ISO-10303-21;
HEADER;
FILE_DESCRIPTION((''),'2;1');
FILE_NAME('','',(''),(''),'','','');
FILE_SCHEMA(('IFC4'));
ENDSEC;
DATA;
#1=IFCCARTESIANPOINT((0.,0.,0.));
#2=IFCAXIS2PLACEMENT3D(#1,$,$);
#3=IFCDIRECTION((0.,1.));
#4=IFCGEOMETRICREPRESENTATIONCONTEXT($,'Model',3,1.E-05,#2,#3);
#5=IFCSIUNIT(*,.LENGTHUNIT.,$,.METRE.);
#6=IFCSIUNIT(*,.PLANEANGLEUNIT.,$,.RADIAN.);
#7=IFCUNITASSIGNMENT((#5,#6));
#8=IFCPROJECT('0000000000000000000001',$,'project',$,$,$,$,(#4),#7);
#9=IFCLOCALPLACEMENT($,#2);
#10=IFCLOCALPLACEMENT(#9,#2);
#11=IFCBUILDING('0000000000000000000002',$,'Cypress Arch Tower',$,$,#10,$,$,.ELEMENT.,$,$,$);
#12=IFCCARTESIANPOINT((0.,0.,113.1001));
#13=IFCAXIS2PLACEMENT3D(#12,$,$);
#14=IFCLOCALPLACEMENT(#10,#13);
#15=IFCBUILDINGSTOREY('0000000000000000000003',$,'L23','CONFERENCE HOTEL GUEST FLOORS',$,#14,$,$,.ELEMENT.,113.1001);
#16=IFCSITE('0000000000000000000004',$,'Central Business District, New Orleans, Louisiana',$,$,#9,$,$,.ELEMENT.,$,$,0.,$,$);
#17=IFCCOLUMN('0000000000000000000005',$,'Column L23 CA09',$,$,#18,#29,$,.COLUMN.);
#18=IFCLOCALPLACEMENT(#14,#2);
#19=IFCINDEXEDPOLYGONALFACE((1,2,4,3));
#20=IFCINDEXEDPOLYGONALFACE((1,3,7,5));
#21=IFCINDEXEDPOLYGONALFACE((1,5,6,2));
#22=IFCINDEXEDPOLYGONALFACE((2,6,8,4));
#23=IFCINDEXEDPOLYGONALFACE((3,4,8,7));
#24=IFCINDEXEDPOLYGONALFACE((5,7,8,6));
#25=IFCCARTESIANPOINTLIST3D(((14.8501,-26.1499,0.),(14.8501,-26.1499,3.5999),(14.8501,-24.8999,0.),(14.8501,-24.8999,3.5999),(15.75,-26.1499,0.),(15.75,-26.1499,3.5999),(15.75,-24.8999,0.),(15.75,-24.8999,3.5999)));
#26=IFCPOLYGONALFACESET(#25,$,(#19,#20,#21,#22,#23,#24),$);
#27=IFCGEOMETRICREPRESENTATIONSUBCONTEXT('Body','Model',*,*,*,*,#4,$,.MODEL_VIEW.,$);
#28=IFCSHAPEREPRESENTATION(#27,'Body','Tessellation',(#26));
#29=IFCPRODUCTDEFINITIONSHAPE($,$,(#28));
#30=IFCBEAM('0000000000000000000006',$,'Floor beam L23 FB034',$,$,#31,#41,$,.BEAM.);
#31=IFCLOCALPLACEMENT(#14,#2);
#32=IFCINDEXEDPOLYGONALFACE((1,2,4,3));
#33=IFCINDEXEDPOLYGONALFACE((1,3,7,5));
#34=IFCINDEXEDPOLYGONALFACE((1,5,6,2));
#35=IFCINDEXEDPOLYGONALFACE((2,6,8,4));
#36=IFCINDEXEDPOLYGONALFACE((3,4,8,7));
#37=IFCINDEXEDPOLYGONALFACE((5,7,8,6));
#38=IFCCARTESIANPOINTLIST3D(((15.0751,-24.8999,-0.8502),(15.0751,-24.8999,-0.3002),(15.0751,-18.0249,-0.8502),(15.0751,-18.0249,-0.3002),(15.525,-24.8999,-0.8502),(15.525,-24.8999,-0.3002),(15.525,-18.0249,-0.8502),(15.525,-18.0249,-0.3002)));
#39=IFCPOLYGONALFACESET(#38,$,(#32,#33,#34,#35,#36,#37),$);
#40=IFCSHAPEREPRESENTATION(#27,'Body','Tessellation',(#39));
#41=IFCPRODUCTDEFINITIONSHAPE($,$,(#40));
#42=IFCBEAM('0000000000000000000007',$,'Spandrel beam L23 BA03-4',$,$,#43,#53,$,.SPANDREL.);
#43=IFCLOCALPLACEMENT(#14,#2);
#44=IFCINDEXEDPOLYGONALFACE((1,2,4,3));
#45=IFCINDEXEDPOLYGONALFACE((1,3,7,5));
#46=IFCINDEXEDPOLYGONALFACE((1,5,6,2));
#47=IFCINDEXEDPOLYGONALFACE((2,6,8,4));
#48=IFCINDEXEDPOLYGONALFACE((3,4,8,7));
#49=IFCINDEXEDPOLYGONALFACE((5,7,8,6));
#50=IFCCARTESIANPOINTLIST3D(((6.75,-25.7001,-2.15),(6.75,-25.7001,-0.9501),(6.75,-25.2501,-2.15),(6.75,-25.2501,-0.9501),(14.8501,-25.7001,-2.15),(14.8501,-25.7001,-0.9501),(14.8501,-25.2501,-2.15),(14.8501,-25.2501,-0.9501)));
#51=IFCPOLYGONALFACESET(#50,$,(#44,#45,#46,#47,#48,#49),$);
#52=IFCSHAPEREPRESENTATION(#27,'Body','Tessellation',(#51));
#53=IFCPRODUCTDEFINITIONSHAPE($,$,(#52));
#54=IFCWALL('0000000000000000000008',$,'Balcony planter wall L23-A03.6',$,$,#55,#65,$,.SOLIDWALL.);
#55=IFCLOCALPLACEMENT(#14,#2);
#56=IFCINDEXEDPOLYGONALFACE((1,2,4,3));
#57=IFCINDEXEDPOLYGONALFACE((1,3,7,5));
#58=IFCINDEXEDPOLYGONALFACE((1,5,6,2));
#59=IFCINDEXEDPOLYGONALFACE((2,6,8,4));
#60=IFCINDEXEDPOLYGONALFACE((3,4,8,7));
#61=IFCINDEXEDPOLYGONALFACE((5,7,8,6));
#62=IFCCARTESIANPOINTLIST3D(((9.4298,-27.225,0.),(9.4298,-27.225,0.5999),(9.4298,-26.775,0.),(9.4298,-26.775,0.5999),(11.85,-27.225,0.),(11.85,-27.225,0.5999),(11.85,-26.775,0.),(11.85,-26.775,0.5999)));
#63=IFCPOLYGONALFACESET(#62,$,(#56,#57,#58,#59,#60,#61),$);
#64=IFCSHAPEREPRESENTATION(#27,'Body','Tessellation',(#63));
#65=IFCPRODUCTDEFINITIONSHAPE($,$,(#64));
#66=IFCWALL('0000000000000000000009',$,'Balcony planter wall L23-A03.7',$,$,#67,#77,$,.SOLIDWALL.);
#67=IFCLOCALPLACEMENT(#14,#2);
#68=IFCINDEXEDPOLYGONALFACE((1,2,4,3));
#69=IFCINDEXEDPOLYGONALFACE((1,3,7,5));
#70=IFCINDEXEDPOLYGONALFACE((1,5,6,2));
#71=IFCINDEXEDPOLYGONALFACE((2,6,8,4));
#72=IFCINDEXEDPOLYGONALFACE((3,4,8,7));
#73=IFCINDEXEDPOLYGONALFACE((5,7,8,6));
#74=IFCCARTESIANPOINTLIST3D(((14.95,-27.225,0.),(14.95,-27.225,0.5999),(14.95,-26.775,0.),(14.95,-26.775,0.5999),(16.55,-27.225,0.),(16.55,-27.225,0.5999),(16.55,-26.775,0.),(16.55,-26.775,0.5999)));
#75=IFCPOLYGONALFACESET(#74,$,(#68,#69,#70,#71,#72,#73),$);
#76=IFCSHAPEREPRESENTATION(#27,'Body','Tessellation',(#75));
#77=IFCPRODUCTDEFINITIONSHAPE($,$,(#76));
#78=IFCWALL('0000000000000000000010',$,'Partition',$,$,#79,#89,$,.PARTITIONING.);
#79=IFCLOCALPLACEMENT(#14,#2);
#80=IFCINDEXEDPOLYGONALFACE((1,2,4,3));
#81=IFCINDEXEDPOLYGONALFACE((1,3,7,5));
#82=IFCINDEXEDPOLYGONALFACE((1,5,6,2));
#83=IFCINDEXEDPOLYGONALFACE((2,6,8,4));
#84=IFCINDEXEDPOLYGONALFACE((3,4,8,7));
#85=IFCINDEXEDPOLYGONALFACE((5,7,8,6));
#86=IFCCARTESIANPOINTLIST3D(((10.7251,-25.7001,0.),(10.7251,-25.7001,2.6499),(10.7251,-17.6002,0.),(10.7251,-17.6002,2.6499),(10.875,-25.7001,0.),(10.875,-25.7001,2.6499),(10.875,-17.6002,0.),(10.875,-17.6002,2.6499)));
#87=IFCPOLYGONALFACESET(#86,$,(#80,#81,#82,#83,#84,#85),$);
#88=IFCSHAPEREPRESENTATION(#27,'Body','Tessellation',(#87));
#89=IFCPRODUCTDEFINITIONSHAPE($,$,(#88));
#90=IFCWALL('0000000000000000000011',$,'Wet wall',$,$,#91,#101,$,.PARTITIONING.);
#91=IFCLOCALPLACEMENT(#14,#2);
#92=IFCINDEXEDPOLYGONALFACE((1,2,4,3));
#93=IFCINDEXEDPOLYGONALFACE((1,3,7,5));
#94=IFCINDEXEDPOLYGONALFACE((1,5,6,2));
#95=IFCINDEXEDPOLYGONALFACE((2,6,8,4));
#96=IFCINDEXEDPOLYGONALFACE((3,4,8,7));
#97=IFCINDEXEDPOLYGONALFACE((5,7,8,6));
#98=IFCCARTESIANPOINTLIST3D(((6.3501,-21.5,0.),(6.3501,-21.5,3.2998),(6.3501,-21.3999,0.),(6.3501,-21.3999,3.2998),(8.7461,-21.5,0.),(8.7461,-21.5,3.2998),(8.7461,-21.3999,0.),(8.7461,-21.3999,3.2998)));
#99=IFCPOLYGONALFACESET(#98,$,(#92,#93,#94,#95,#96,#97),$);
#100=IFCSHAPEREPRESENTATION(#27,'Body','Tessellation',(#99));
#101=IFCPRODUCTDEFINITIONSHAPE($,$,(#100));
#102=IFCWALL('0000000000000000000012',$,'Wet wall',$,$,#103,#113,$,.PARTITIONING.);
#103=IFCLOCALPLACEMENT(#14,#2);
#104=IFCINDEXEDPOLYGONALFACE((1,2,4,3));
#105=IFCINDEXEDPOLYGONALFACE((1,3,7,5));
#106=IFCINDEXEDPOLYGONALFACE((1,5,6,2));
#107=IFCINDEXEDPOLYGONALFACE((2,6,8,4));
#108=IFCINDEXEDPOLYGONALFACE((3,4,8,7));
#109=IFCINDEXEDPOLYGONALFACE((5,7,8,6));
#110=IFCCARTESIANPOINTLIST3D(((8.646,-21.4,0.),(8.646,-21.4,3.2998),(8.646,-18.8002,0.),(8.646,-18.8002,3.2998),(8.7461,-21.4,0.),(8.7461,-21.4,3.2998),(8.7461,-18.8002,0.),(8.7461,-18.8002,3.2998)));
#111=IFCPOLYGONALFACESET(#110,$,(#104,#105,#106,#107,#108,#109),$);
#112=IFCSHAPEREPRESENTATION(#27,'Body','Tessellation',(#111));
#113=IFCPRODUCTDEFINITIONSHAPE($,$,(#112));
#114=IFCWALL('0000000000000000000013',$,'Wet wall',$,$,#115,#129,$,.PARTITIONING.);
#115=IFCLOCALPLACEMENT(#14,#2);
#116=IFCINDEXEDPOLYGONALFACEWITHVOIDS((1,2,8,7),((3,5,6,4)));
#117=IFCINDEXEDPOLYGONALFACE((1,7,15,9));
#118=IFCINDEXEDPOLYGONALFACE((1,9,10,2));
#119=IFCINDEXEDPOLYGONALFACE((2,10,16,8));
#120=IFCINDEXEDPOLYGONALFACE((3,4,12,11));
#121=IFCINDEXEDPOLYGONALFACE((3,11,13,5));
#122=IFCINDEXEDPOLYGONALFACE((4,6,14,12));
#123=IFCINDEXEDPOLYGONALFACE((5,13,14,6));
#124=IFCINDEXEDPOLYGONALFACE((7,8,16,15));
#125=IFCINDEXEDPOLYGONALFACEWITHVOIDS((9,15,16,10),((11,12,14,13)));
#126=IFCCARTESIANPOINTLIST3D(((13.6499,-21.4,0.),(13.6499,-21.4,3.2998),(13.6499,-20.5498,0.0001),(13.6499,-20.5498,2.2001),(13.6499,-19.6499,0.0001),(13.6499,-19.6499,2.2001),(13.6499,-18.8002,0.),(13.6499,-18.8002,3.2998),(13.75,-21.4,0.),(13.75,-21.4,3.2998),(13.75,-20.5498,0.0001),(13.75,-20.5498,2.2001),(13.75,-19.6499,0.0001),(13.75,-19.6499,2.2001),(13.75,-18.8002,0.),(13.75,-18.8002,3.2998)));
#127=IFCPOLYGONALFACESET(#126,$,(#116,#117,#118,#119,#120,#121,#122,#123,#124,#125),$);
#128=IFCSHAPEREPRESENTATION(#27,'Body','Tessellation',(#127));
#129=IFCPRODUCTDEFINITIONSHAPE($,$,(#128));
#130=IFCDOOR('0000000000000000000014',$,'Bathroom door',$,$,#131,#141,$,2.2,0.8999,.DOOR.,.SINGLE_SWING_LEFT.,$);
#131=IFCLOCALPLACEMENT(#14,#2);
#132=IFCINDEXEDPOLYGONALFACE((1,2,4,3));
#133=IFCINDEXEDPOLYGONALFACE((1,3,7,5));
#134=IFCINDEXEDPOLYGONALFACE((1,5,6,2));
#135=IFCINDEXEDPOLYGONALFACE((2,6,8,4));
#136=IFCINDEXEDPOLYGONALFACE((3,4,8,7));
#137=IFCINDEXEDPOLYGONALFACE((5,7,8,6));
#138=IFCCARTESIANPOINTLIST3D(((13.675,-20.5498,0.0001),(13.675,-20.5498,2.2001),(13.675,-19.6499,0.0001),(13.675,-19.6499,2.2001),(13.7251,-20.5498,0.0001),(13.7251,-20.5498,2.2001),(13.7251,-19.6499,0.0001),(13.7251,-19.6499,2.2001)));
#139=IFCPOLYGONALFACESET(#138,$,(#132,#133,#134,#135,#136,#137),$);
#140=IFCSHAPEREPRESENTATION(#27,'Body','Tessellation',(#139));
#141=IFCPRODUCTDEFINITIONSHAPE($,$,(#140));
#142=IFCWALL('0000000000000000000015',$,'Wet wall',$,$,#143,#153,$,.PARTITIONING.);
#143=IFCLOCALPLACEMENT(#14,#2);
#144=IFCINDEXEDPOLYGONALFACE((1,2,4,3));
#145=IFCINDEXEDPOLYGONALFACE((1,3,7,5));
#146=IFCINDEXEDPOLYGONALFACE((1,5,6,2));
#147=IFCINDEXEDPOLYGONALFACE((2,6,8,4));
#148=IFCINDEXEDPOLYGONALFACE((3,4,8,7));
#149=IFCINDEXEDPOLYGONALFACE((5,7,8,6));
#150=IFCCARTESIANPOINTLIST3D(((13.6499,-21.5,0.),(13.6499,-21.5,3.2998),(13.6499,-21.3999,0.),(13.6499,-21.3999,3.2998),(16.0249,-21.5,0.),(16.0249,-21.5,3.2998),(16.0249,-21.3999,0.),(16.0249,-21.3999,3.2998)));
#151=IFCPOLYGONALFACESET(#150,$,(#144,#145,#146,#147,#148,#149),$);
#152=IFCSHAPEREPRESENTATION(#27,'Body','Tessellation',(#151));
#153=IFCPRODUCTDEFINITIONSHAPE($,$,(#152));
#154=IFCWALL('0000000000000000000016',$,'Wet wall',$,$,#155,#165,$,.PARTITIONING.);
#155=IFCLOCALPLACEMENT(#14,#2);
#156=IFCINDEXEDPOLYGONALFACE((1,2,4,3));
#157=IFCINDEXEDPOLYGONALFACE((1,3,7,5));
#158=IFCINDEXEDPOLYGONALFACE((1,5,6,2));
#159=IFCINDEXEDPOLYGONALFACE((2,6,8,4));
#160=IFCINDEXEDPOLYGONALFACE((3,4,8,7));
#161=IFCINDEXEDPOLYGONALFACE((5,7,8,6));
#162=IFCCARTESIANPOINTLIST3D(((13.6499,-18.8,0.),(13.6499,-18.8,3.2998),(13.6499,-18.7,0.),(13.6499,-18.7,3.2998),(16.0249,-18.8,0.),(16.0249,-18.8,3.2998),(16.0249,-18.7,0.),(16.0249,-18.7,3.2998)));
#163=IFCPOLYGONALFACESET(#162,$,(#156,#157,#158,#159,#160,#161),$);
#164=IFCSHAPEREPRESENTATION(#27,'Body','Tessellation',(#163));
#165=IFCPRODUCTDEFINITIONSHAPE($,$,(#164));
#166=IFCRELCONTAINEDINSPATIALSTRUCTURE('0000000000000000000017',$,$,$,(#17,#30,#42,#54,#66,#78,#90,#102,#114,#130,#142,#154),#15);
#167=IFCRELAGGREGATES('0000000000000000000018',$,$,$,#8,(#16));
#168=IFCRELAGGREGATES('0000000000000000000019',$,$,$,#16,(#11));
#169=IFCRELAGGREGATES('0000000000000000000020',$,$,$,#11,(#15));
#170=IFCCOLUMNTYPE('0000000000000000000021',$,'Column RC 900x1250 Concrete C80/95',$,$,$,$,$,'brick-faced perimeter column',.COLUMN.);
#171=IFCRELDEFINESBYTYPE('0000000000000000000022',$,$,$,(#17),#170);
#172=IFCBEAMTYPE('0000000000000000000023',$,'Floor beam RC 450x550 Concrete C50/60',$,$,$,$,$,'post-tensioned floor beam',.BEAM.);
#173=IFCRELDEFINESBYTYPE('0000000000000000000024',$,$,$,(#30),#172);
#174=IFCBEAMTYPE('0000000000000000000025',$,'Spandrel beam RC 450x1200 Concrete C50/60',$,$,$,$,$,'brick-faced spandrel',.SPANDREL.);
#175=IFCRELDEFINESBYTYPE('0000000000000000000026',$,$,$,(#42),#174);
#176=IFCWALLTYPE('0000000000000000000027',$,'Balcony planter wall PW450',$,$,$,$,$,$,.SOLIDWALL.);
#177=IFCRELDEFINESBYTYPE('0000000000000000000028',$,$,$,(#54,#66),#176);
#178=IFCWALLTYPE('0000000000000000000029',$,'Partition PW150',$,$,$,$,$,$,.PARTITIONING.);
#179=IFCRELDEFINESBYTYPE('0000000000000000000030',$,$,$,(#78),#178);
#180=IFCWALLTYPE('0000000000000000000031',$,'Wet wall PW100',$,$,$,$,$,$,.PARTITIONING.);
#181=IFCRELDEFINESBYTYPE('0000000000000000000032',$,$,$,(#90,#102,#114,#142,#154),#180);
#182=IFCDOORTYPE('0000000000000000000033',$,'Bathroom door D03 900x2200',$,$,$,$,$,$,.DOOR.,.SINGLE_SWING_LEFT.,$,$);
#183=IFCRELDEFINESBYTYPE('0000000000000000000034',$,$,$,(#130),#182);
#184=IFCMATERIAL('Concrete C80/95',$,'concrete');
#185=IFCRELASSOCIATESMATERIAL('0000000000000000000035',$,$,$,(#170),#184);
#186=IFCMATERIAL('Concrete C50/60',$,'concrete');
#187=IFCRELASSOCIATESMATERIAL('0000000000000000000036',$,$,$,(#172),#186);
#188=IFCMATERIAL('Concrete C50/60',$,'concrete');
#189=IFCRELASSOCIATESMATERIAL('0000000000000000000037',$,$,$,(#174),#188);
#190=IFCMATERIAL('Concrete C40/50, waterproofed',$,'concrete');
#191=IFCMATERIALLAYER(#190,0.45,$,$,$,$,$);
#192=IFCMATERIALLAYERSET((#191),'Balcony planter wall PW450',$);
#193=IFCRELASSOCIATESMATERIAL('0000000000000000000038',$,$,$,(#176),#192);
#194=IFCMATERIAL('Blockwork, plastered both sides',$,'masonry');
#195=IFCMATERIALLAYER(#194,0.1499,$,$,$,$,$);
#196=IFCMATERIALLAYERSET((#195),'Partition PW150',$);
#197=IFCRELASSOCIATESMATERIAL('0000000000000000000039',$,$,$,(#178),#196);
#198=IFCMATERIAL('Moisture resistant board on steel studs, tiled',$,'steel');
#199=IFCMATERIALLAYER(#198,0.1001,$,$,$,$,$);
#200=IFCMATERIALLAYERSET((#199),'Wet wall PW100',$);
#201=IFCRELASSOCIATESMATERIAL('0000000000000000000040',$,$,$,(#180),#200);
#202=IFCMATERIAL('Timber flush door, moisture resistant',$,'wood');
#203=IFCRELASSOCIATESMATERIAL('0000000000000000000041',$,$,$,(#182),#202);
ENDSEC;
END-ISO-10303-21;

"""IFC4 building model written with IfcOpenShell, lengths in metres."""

from ifc_helpers import new_model, si_unit, direction, frame, frame_2d, origin, origin_2d, place, context, subcontext, project, spatial, rectangle, extrude, material, layer, layer_set, material_profile, profile_set, type_object, element, fill, save


model = new_model("IFC4")

# Units and contexts
model_context = context("Model", 3, precision=1e-05, world=origin(), true_north=direction((0.0, 1.0)))
body_context = subcontext(model_context, "Body", "Model", "MODEL_VIEW")
ifc_project = project(units=[si_unit("LENGTHUNIT", "METRE"), si_unit("PLANEANGLEUNIT", "RADIAN")], contexts=[model_context])

# Site, building, storey
site_placement = place(None, origin())
site = spatial("IfcSite", under=ifc_project, at=site_placement, Name="Central Business District, New Orleans, Louisiana", CompositionType="ELEMENT", RefElevation=0.0)
building_placement = place(site_placement, origin())
building = spatial("IfcBuilding", under=site, at=building_placement, Name="Cypress Arch Tower", CompositionType="ELEMENT")
storey_placement = place(building_placement, frame((0.0, 0.0, 113.1001)))
storey = spatial("IfcBuildingStorey", under=building, at=storey_placement, Name="L23", Description="CONFERENCE HOTEL GUEST FLOORS", CompositionType="ELEMENT", Elevation=113.1001)

# Column
ifc_material_1 = material(Name="Concrete C80/95", Category="concrete")
ifc_material_profile_1 = material_profile(ifc_material_1, rectangle(XDim=0.8999, YDim=1.25, at=origin_2d()), Name="RC 900x1250")
ifc_profile_set_1 = profile_set([ifc_material_profile_1], Name="Concrete C80/95")
column_type = type_object("IfcColumnType", Name="Column RC 900x1250 Concrete C80/95", ElementType="brick-faced perimeter column", PredefinedType="COLUMN", material=ifc_profile_set_1)
column_placement = place(storey_placement, frame((15.3, -25.5249, 0.0), z_axis=(0.0, 0.0, 1.0), x_axis=(1.0, 0.0, 0.0)))
element("IfcColumn", 1, at=column_placement, inside=storey, type_object=column_type, Name="Column L23 CA09", PredefinedType="COLUMN", context=body_context, shape_type="SweptSolid", body=[
    extrude(rectangle(XDim=0.8999, YDim=1.25, at=origin_2d()), origin(), (0.0, 0.0, 1.0), 3.5999),
])

# Beams
ifc_material_2 = material(Name="Concrete C50/60", Category="concrete")
ifc_material_profile_2 = material_profile(ifc_material_2, rectangle(XDim=0.45, YDim=0.55, at=origin_2d()), Name="RC 450x550")
ifc_profile_set_2 = profile_set([ifc_material_profile_2], Name="Concrete C50/60")
beam_type_1 = type_object("IfcBeamType", Name="Floor beam RC 450x550 Concrete C50/60", ElementType="post-tensioned floor beam", PredefinedType="BEAM", material=ifc_profile_set_2)
beam_1_placement = place(storey_placement, frame((15.3, -24.8999, -0.5752), z_axis=(0.0, 1.0, 0.0), x_axis=(-1.0, 0.0, 0.0)))
element("IfcBeam", 2, at=beam_1_placement, inside=storey, type_object=beam_type_1, Name="Floor beam L23 FB034", PredefinedType="BEAM", context=body_context, shape_type="SweptSolid", body=[
    extrude(rectangle(XDim=0.45, YDim=0.55, at=origin_2d()), origin(), (0.0, 0.0, 1.0), 6.875),
])
ifc_material_3 = material(Name="Concrete C50/60", Category="concrete")
ifc_material_profile_3 = material_profile(ifc_material_3, rectangle(XDim=0.45, YDim=1.2, at=origin_2d()), Name="RC 450x1200")
ifc_profile_set_3 = profile_set([ifc_material_profile_3], Name="Concrete C50/60")
beam_type_2 = type_object("IfcBeamType", Name="Spandrel beam RC 450x1200 Concrete C50/60", ElementType="brick-faced spandrel", PredefinedType="SPANDREL", material=ifc_profile_set_3)
beam_2_placement = place(storey_placement, frame((6.75, -25.4751, -1.55), z_axis=(1.0, 0.0, 0.0), x_axis=(0.0, 1.0, 0.0)))
element("IfcBeam", 3, at=beam_2_placement, inside=storey, type_object=beam_type_2, Name="Spandrel beam L23 BA03-4", PredefinedType="SPANDREL", context=body_context, shape_type="SweptSolid", body=[
    extrude(rectangle(XDim=0.45, YDim=1.2, at=origin_2d()), origin(), (0.0, 0.0, 1.0), 8.1001),
])

# Walls
ifc_material_4 = material(Name="Concrete C40/50, waterproofed", Category="concrete")
ifc_layer_1 = layer(ifc_material_4, 0.45)
ifc_layer_set_1 = layer_set([ifc_layer_1], Name="Balcony planter wall PW450")
wall_type_1 = type_object("IfcWallType", Name="Balcony planter wall PW450", PredefinedType="SOLIDWALL", material=ifc_layer_set_1)
wall_1_placement = place(storey_placement, frame((9.4299, -27.0, 0.0), z_axis=(0.0, 0.0, 1.0), x_axis=(1.0, 0.0, 0.0)))
element("IfcWall", 4, at=wall_1_placement, inside=storey, type_object=wall_type_1, Name="Balcony planter wall L23-A03.6", PredefinedType="SOLIDWALL", context=body_context, shape_type="SweptSolid", body=[
    extrude(rectangle(XDim=2.4202, YDim=0.45, at=frame_2d((1.21, 0.0))), origin(), (0.0, 0.0, 1.0), 0.5999),
])
wall_2_placement = place(storey_placement, frame((14.95, -27.0, 0.0), z_axis=(0.0, 0.0, 1.0), x_axis=(1.0, 0.0, 0.0)))
element("IfcWall", 5, at=wall_2_placement, inside=storey, type_object=wall_type_1, Name="Balcony planter wall L23-A03.7", PredefinedType="SOLIDWALL", context=body_context, shape_type="SweptSolid", body=[
    extrude(rectangle(XDim=1.6001, YDim=0.45, at=frame_2d((0.8, 0.0))), origin(), (0.0, 0.0, 1.0), 0.5999),
])

# Walls
ifc_material_5 = material(Name="Blockwork, plastered both sides", Category="masonry")
ifc_layer_2 = layer(ifc_material_5, 0.1499)
ifc_layer_set_2 = layer_set([ifc_layer_2], Name="Partition PW150")
wall_type_2 = type_object("IfcWallType", Name="Partition PW150", PredefinedType="PARTITIONING", material=ifc_layer_set_2)
wall_3_placement = place(storey_placement, frame((10.8, -25.7, 0.0), z_axis=(0.0, 0.0, 1.0), x_axis=(0.0, 1.0, 0.0)))
element("IfcWall", 6, at=wall_3_placement, inside=storey, type_object=wall_type_2, Name="Partition", PredefinedType="PARTITIONING", context=body_context, shape_type="SweptSolid", body=[
    extrude(rectangle(XDim=8.0999, YDim=0.1499, at=frame_2d((4.0498, 0.0))), origin(), (0.0, 0.0, 1.0), 2.6499),
])
ifc_material_6 = material(Name="Moisture resistant board on steel studs, tiled", Category="steel")
ifc_layer_3 = layer(ifc_material_6, 0.1001)
ifc_layer_set_3 = layer_set([ifc_layer_3], Name="Wet wall PW100")
wall_type_3 = type_object("IfcWallType", Name="Wet wall PW100", PredefinedType="PARTITIONING", material=ifc_layer_set_3)
wall_4_placement = place(storey_placement, frame((6.3501, -21.45, 0.0), z_axis=(0.0, 0.0, 1.0), x_axis=(1.0, 0.0, 0.0)))
element("IfcWall", 7, at=wall_4_placement, inside=storey, type_object=wall_type_3, Name="Wet wall", PredefinedType="PARTITIONING", context=body_context, shape_type="SweptSolid", body=[
    extrude(rectangle(XDim=2.396, YDim=0.1001, at=frame_2d((1.198, 0.0))), origin(), (0.0, 0.0, 1.0), 3.2998),
])
wall_5_placement = place(storey_placement, frame((8.696, -21.3999, 0.0), z_axis=(0.0, 0.0, 1.0), x_axis=(0.0, 1.0, 0.0)))
element("IfcWall", 8, at=wall_5_placement, inside=storey, type_object=wall_type_3, Name="Wet wall", PredefinedType="PARTITIONING", context=body_context, shape_type="SweptSolid", body=[
    extrude(rectangle(XDim=2.5999, YDim=0.1001, at=frame_2d((1.2998, 0.0))), origin(), (0.0, 0.0, 1.0), 3.2998),
])

# Wall, opening, door
wall_6_placement = place(storey_placement, frame((13.7, -21.3999, 0.0), z_axis=(0.0, 0.0, 1.0), x_axis=(0.0, 1.0, 0.0)))
wall_6 = element("IfcWall", 9, at=wall_6_placement, inside=storey, type_object=wall_type_3, Name="Wet wall", PredefinedType="PARTITIONING", context=body_context, shape_type="SweptSolid", body=[
    extrude(rectangle(XDim=2.5999, YDim=0.1001, at=frame_2d((1.2998, 0.0))), origin(), (0.0, 0.0, 1.0), 3.2998),
])
opening_1_placement = place(wall_6_placement, frame((0.8501, 0.0, 0.0)))
opening_1 = element("IfcOpeningElement", 10, at=opening_1_placement, cuts=wall_6, PredefinedType="OPENING", context=body_context, shape_type="SweptSolid", body=[
    extrude(rectangle(XDim=0.8999, YDim=2.2, at=frame_2d((0.45, 1.1001))), frame((0.0, 0.0601, 0.0), z_axis=(0.0, -1.0, 0.0), x_axis=(1.0, 0.0, 0.0)), (0.0, 0.0, 1.0), 0.1201),
])
ifc_material_7 = material(Name="Timber flush door, moisture resistant", Category="wood")
door_type_1 = type_object("IfcDoorType", Name="Bathroom door D03 900x2200", OperationType="SINGLE_SWING_LEFT", PredefinedType="DOOR", material=ifc_material_7)
door_1_placement = place(opening_1_placement, origin())
door_1 = element("IfcDoor", 11, at=door_1_placement, inside=storey, type_object=door_type_1, Name="Bathroom door", OperationType="SINGLE_SWING_LEFT", OverallHeight=2.2, OverallWidth=0.8999, PredefinedType="DOOR", context=body_context, shape_type="SweptSolid", body=[
    extrude(rectangle(XDim=0.8999, YDim=2.2, at=frame_2d((0.45, 1.1001))), frame((0.0, 0.0249, 0.0), z_axis=(0.0, -1.0, 0.0), x_axis=(1.0, 0.0, 0.0)), (0.0, 0.0, 1.0), 0.05),
])
fill(opening_1, door_1)

# Walls
for number, where, z_axis, x_axis, name in (
    (12, (13.6499, -21.45, 0.0), (0.0, 0.0, 1.0), (1.0, 0.0, 0.0), "Wet wall"),
    (13, (13.6499, -18.75, 0.0), (0.0, 0.0, 1.0), (1.0, 0.0, 0.0), "Wet wall"),
):
    element("IfcWall", number, at=place(storey_placement, frame(where, z_axis=z_axis, x_axis=x_axis)), inside=storey, type_object=wall_type_3, Name=name, PredefinedType="PARTITIONING", context=body_context, shape_type="SweptSolid", body=[
        extrude(rectangle(XDim=2.375, YDim=0.1001, at=frame_2d((1.1875, 0.0))), origin(), (0.0, 0.0, 1.0), 3.2998),
    ])

save(model, "model.ifc")
